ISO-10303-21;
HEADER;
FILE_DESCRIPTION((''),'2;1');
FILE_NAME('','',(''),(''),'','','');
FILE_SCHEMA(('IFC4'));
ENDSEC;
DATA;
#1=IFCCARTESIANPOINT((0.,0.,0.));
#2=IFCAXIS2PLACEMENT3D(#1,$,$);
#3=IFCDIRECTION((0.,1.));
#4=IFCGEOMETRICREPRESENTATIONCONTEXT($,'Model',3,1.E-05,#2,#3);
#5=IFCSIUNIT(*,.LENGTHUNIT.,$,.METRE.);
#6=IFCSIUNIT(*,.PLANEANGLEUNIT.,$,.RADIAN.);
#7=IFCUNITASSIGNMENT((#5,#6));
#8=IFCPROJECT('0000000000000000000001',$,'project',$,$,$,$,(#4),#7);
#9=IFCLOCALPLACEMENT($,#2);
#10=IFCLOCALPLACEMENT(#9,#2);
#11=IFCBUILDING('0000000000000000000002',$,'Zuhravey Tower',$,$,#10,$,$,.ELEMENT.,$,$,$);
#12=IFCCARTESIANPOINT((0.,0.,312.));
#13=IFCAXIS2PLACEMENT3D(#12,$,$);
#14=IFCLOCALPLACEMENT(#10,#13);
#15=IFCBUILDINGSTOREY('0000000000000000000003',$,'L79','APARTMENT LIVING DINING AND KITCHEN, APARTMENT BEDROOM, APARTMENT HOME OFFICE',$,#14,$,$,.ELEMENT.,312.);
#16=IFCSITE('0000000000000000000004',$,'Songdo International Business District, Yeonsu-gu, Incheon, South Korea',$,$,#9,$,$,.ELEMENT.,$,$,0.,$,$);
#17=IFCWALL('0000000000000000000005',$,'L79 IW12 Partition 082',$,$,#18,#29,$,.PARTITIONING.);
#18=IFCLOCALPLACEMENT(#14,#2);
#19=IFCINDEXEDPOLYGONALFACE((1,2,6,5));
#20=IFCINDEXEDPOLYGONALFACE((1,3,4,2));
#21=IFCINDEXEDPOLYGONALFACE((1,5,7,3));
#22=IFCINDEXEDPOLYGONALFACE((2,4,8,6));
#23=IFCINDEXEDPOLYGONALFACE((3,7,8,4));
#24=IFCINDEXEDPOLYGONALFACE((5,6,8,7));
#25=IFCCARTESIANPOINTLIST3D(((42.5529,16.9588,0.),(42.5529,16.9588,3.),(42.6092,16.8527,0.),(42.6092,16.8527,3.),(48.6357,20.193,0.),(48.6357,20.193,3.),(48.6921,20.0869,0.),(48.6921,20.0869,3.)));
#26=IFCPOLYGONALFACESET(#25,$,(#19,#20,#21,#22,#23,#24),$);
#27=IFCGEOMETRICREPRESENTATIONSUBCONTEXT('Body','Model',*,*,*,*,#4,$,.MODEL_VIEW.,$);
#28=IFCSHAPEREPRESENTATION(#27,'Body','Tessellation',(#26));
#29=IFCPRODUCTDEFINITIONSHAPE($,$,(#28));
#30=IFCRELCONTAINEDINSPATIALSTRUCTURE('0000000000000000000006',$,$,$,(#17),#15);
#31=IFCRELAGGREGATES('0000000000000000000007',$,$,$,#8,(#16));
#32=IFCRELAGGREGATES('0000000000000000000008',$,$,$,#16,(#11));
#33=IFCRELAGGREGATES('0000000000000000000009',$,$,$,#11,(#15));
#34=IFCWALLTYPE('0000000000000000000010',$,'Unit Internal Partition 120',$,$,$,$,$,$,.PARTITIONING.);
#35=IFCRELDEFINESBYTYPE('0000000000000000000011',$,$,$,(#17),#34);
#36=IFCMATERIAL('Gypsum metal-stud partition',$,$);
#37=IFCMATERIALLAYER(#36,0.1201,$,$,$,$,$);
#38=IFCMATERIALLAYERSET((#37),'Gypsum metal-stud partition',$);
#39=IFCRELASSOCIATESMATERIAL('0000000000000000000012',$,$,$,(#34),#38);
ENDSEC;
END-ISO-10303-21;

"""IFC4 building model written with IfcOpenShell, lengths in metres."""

from ifc_helpers import new_model, si_unit, direction, frame, frame_2d, origin, place, context, subcontext, project, spatial, rectangle, extrude, material, layer, layer_set, type_object, element, save


model = new_model("IFC4")

# Units and contexts
model_context = context("Model", 3, precision=1e-05, world=origin(), true_north=direction((0.0, 1.0)))
body_context = subcontext(model_context, "Body", "Model", "MODEL_VIEW")
ifc_project = project(units=[si_unit("LENGTHUNIT", "METRE"), si_unit("PLANEANGLEUNIT", "RADIAN")], contexts=[model_context])

# Site, building, storey
site_placement = place(None, origin())
site = spatial("IfcSite", under=ifc_project, at=site_placement, Name="Songdo International Business District, Yeonsu-gu, Incheon, South Korea", CompositionType="ELEMENT", RefElevation=0.0)
building_placement = place(site_placement, origin())
building = spatial("IfcBuilding", under=site, at=building_placement, Name="Zuhravey Tower", CompositionType="ELEMENT")
storey_placement = place(building_placement, frame((0.0, 0.0, 312.0)))
storey = spatial("IfcBuildingStorey", under=building, at=storey_placement, Name="L79", Description="APARTMENT LIVING DINING AND KITCHEN, APARTMENT BEDROOM, APARTMENT HOME OFFICE", CompositionType="ELEMENT", Elevation=312.0)

# Shared definitions
ifc_material_1 = material(Name="Gypsum metal-stud partition")
ifc_layer_1 = layer(ifc_material_1, 0.1201)
ifc_layer_set_1 = layer_set([ifc_layer_1], Name="Gypsum metal-stud partition")
wall_type_1 = type_object("IfcWallType", Name="Unit Internal Partition 120", PredefinedType="PARTITIONING", material=ifc_layer_set_1)

# Wall
wall_1_placement = place(storey_placement, frame((42.5811, 16.9058, 0.0), z_axis=(0.0, 0.0, 1.0), x_axis=(0.882956, 0.469457, 0.0)))
element("IfcWall", 1, at=wall_1_placement, inside=storey, type_object=wall_type_1, Name="L79 IW12 Partition 082", PredefinedType="PARTITIONING", context=body_context, shape_type="SweptSolid", body=[
    extrude(rectangle(XDim=6.8892, YDim=0.1201, at=frame_2d((3.4446, 0.0))), origin(), (0.0, 0.0, 1.0), 3.0),
])

save(model, "model.ifc")
